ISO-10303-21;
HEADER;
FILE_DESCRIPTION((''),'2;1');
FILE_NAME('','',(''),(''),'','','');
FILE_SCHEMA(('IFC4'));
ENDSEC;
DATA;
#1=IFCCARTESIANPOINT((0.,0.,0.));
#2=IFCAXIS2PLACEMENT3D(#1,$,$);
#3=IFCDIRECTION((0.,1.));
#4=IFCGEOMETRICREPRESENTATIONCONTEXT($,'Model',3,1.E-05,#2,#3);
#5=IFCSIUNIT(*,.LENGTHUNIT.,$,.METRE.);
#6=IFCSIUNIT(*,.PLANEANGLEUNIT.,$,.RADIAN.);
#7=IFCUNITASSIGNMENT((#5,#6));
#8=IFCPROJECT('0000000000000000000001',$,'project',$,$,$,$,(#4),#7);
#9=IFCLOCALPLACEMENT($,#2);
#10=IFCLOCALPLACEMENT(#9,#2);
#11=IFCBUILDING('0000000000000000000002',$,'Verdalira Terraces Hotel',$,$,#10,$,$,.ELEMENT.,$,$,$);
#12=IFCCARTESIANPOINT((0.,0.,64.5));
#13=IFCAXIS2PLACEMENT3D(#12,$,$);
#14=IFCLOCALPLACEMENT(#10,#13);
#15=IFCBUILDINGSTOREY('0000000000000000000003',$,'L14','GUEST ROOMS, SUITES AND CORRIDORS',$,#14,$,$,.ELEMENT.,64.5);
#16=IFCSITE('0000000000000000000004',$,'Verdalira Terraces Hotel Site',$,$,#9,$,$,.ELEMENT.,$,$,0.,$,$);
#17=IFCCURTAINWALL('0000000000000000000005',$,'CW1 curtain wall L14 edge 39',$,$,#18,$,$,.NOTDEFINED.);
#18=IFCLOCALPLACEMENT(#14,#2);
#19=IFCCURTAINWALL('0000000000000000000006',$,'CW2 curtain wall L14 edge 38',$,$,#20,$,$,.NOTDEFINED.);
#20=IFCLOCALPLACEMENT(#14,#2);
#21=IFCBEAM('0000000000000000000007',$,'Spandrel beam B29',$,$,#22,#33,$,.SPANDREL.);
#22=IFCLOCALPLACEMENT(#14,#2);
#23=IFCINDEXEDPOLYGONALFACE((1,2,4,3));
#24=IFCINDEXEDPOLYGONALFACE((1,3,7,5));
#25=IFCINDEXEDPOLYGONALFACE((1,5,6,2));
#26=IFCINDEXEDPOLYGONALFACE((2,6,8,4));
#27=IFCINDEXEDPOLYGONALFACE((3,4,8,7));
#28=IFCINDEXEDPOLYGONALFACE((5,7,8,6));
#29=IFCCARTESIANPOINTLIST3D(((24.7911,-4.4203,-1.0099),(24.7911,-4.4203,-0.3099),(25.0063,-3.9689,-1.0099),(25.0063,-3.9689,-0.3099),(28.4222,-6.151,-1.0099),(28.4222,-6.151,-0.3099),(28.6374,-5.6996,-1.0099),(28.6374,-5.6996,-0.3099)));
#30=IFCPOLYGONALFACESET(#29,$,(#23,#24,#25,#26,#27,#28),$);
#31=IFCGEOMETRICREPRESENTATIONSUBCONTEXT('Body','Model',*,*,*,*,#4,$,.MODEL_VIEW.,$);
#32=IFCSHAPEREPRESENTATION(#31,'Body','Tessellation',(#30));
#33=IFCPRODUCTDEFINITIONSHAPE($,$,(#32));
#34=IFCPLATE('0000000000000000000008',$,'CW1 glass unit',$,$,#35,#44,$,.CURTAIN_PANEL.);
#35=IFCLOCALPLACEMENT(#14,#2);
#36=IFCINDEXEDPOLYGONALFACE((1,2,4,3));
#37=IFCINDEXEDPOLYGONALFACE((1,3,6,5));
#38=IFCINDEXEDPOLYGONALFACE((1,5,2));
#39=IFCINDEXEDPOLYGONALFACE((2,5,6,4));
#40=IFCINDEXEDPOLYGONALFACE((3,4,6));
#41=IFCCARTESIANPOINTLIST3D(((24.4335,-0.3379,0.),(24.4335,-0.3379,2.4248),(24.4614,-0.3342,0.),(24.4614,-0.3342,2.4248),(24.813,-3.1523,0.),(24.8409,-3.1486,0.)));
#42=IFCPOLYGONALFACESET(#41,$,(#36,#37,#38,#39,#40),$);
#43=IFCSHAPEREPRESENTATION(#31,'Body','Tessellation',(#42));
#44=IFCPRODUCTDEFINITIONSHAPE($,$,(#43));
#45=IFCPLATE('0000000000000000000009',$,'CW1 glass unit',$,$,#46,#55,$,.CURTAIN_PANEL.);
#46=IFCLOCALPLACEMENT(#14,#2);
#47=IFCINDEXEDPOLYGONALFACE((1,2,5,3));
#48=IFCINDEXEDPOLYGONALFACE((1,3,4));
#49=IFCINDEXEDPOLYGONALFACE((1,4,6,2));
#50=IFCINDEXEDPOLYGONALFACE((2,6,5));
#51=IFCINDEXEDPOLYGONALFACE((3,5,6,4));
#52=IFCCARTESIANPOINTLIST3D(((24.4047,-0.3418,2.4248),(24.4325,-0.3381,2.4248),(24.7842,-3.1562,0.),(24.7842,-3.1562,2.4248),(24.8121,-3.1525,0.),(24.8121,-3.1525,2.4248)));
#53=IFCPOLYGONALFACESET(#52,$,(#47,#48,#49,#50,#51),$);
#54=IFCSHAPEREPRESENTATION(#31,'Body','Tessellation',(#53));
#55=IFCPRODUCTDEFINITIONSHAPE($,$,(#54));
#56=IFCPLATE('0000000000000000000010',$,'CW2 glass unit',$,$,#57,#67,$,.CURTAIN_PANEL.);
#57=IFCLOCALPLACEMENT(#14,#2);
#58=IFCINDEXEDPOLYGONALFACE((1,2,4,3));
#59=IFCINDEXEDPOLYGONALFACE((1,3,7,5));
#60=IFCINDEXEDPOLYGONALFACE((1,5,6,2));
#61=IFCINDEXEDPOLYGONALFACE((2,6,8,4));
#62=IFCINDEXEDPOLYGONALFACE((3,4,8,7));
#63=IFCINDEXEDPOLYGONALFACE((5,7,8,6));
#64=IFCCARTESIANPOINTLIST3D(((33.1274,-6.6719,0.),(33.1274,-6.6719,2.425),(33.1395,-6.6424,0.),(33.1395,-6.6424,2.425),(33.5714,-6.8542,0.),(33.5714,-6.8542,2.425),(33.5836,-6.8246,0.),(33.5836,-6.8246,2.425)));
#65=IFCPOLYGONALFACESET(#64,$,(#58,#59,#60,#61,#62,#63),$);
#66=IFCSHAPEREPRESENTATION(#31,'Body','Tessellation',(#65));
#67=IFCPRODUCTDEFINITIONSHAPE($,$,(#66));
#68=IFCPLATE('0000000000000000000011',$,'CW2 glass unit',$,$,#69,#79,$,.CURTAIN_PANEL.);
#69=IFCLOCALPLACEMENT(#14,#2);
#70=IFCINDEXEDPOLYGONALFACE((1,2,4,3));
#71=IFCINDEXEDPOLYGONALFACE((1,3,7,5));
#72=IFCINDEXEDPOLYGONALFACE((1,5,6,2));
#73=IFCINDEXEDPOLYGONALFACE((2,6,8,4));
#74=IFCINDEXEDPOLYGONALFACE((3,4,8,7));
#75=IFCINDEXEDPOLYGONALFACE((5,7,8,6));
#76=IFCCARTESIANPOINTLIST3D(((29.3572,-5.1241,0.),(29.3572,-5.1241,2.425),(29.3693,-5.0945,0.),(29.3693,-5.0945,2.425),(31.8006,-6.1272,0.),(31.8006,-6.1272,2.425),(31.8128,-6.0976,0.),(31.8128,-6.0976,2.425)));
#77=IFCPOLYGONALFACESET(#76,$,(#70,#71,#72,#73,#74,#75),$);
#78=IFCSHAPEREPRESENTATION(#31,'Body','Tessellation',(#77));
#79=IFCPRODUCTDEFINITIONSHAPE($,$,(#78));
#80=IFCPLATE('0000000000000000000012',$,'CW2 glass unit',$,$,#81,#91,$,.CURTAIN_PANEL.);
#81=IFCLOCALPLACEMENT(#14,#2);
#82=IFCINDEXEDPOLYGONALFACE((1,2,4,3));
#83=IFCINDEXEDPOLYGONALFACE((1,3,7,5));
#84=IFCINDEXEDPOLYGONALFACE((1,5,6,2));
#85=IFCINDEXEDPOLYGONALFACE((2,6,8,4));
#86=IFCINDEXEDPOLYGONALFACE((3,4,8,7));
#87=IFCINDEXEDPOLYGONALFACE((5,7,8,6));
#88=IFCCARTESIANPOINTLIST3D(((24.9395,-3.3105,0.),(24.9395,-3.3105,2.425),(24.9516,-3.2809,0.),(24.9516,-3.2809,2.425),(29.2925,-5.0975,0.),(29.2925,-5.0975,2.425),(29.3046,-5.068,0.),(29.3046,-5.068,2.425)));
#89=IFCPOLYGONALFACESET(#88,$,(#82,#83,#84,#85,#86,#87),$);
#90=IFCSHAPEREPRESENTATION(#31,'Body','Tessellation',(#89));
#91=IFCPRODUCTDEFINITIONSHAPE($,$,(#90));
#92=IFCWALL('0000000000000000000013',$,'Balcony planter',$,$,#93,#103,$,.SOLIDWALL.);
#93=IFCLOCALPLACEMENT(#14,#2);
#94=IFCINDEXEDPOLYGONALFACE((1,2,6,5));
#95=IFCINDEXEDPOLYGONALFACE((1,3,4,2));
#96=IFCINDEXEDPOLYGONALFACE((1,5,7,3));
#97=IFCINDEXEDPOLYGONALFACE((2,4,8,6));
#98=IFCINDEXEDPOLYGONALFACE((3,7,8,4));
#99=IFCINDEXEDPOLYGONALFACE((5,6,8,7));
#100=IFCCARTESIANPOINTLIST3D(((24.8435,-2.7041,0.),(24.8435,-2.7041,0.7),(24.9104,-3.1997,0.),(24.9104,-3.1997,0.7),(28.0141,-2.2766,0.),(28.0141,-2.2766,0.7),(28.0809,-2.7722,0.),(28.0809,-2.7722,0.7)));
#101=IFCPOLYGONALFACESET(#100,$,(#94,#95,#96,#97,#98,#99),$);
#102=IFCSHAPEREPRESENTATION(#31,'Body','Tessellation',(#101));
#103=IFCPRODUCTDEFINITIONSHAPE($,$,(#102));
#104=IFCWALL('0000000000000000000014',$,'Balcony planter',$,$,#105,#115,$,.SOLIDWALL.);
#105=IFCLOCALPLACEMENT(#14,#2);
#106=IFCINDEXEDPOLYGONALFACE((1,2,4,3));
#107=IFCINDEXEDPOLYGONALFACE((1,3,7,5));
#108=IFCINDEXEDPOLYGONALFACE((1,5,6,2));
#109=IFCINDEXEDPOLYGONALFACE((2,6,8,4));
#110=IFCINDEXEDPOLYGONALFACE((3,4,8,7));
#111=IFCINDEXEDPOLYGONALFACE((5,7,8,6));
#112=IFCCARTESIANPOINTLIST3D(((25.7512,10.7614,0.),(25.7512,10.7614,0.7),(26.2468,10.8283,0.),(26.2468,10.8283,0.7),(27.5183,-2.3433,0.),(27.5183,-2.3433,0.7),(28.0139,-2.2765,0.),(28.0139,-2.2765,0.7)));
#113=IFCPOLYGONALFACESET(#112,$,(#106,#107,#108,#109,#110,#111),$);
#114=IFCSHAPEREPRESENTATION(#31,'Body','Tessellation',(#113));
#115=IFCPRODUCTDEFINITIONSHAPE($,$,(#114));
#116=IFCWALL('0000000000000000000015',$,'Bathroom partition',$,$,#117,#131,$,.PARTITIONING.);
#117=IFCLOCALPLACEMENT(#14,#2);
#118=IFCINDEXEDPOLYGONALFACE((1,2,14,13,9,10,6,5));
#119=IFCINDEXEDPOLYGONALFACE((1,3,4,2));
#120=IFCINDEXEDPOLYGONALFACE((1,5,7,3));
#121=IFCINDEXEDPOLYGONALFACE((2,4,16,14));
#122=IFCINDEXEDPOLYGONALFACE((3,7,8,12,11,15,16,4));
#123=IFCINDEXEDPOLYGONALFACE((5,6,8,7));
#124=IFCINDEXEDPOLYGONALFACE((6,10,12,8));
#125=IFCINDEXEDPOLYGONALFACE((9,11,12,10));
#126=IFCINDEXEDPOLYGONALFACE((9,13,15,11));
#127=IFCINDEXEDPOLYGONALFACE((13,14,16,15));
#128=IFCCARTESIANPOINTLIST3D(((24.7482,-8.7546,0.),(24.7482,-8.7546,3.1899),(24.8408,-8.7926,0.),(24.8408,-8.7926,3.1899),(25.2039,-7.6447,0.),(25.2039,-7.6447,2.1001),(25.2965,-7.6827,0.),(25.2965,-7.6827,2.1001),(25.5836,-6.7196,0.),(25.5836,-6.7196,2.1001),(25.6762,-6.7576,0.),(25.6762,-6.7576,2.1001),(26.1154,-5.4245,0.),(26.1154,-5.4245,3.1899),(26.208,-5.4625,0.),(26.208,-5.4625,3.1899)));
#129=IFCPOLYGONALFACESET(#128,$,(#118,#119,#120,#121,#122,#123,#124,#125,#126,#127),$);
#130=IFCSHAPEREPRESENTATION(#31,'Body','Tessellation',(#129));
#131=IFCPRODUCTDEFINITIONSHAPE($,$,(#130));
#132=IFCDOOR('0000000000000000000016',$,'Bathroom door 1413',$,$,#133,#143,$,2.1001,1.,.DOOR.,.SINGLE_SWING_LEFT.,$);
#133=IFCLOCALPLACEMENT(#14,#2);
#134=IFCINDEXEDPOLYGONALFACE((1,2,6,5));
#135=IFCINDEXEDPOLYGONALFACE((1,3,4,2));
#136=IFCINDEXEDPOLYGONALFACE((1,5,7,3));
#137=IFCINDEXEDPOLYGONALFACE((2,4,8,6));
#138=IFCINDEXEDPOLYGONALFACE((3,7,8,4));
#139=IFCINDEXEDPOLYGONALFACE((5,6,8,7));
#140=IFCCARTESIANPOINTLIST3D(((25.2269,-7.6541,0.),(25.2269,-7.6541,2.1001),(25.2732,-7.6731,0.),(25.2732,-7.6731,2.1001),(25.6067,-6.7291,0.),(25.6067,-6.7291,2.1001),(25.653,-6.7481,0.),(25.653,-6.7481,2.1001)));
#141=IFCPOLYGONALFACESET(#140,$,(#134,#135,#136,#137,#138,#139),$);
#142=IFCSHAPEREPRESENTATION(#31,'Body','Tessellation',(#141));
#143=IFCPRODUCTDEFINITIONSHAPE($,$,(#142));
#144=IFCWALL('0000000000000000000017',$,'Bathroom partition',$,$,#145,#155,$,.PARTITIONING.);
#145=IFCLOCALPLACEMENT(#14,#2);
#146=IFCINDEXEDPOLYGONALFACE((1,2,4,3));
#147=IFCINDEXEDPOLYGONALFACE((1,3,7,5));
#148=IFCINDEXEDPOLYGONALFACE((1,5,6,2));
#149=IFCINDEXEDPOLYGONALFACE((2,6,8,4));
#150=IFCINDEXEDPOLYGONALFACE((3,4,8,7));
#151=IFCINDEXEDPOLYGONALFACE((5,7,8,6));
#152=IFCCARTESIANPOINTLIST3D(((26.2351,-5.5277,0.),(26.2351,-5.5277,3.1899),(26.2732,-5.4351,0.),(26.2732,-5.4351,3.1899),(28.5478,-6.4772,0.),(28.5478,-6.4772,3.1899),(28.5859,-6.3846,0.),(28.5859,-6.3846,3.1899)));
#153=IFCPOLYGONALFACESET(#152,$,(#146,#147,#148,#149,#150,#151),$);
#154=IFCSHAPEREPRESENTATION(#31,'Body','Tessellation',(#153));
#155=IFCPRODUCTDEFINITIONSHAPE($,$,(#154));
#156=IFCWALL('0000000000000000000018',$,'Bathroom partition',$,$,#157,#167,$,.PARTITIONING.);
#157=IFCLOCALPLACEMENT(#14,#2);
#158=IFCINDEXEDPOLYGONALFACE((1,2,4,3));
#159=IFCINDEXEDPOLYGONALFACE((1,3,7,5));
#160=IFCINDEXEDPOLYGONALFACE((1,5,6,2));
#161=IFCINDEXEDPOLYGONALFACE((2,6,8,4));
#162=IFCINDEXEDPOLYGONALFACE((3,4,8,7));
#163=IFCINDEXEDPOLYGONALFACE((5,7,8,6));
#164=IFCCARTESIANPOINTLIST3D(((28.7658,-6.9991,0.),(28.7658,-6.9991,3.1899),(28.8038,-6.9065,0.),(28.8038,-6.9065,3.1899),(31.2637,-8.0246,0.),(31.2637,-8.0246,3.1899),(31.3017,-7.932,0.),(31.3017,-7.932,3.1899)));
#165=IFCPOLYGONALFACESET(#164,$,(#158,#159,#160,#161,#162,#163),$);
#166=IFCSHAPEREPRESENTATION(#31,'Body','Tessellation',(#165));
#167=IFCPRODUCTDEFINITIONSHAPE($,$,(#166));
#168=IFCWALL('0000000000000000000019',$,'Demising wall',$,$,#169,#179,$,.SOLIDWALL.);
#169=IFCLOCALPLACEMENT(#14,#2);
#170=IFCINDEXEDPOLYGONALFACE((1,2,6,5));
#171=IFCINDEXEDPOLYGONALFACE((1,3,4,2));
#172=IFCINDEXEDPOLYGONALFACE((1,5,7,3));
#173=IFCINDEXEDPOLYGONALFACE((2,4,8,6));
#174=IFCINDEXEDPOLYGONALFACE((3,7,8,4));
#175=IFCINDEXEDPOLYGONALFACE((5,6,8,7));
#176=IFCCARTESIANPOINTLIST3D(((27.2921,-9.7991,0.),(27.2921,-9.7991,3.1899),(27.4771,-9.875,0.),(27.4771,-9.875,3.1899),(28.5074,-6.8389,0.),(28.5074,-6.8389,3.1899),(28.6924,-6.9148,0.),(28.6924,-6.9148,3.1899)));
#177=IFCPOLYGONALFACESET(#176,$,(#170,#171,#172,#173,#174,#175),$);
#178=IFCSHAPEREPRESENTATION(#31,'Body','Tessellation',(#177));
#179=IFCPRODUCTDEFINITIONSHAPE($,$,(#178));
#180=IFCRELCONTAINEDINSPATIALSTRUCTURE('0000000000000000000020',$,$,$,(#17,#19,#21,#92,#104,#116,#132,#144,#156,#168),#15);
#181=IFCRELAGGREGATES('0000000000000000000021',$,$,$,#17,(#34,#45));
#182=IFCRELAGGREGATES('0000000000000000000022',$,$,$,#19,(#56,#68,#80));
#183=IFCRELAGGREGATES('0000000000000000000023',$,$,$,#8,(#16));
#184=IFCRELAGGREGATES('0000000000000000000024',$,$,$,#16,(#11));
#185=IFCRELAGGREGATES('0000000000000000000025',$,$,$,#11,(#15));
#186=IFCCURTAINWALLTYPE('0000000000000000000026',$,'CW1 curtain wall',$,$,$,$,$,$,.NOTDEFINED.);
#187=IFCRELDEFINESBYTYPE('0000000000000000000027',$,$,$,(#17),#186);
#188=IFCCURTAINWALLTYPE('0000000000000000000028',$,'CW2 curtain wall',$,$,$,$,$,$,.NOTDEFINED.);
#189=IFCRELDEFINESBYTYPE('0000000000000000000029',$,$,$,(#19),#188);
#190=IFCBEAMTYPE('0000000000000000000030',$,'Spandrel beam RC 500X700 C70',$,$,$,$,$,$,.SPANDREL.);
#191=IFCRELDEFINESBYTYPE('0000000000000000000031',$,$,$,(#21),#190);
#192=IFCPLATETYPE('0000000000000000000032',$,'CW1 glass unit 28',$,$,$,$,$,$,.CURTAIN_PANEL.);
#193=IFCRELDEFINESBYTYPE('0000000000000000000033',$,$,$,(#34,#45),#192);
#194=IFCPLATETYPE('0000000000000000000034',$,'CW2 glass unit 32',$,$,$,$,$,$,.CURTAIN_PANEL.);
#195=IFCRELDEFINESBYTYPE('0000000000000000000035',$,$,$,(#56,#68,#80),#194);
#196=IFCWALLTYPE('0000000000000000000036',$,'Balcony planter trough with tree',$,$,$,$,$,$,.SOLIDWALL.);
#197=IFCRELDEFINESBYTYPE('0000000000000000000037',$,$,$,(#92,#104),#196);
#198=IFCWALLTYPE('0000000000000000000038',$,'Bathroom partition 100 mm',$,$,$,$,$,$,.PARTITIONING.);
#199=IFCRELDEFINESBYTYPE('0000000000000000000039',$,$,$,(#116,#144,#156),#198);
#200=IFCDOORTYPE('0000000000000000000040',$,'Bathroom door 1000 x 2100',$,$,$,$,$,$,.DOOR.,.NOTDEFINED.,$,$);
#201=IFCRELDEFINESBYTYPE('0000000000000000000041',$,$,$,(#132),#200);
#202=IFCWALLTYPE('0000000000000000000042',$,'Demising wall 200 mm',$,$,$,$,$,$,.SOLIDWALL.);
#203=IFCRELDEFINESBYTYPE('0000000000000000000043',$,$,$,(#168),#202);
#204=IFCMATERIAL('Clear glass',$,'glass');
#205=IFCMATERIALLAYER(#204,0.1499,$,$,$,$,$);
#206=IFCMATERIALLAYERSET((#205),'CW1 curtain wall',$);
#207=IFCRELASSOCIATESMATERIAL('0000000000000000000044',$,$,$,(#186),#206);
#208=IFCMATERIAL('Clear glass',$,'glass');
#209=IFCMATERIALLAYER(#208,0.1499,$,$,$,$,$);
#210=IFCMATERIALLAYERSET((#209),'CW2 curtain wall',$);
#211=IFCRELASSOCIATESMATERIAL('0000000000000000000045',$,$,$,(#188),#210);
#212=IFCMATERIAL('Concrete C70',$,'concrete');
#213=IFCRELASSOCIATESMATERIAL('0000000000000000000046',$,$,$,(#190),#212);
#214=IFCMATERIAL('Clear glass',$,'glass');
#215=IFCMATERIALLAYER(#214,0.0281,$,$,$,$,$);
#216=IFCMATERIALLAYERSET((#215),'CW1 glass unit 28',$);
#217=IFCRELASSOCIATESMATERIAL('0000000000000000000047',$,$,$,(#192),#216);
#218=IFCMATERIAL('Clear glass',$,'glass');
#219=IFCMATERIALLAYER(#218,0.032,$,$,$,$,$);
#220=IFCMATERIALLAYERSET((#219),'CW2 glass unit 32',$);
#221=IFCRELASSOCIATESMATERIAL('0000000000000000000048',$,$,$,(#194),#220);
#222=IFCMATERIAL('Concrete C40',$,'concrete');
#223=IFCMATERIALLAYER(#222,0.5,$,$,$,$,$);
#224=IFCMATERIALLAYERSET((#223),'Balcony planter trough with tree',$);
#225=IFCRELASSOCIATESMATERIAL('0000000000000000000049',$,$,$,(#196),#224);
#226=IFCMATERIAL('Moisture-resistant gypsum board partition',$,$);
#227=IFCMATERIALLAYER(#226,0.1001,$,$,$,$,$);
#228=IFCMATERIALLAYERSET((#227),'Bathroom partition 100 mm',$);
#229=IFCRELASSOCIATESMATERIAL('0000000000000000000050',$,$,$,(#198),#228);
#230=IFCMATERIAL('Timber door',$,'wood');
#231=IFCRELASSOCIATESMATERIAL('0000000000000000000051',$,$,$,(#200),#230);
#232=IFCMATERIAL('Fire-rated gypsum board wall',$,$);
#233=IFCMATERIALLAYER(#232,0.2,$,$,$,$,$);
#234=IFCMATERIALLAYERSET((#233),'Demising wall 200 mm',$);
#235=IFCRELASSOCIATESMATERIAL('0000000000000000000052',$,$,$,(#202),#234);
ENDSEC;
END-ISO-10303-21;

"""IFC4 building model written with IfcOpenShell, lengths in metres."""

from ifc_helpers import new_model, si_unit, direction, frame, frame_2d, origin, origin_2d, place, context, subcontext, project, spatial, polyline, rectangle, outline, extrude, material, layer, layer_set, material_profile, profile_set, type_object, element, fill, aggregate, save


model = new_model("IFC4")

# Units and contexts
model_context = context("Model", 3, precision=1e-05, world=origin(), true_north=direction((0.0, 1.0)))
body_context = subcontext(model_context, "Body", "Model", "MODEL_VIEW")
ifc_project = project(units=[si_unit("LENGTHUNIT", "METRE"), si_unit("PLANEANGLEUNIT", "RADIAN")], contexts=[model_context])

# Site, building, storey
site_placement = place(None, origin())
site = spatial("IfcSite", under=ifc_project, at=site_placement, Name="Verdalira Terraces Hotel Site", CompositionType="ELEMENT", RefElevation=0.0)
building_placement = place(site_placement, origin())
building = spatial("IfcBuilding", under=site, at=building_placement, Name="Verdalira Terraces Hotel", CompositionType="ELEMENT")
storey_placement = place(building_placement, frame((0.0, 0.0, 64.5)))
storey = spatial("IfcBuildingStorey", under=building, at=storey_placement, Name="L14", Description="GUEST ROOMS, SUITES AND CORRIDORS", CompositionType="ELEMENT", Elevation=64.5)

# Curtain walls
ifc_material_1 = material(Name="Clear glass", Category="glass")
ifc_layer_1 = layer(ifc_material_1, 0.1499)
ifc_layer_set_1 = layer_set([ifc_layer_1], Name="CW1 curtain wall")
curtain_wall_type_1 = type_object("IfcCurtainWallType", Name="CW1 curtain wall", PredefinedType="NOTDEFINED", material=ifc_layer_set_1)
curtain_wall_1_placement = place(storey_placement, origin())
curtain_wall_1 = element("IfcCurtainWall", 1, at=curtain_wall_1_placement, inside=storey, type_object=curtain_wall_type_1, Name="CW1 curtain wall L14 edge 39", PredefinedType="NOTDEFINED")
ifc_material_2 = material(Name="Clear glass", Category="glass")
ifc_layer_2 = layer(ifc_material_2, 0.1499)
ifc_layer_set_2 = layer_set([ifc_layer_2], Name="CW2 curtain wall")
curtain_wall_type_2 = type_object("IfcCurtainWallType", Name="CW2 curtain wall", PredefinedType="NOTDEFINED", material=ifc_layer_set_2)
curtain_wall_2_placement = place(storey_placement, origin())
curtain_wall_2 = element("IfcCurtainWall", 2, at=curtain_wall_2_placement, inside=storey, type_object=curtain_wall_type_2, Name="CW2 curtain wall L14 edge 38", PredefinedType="NOTDEFINED")

# Beam
ifc_material_3 = material(Name="Concrete C70", Category="concrete")
ifc_material_profile_1 = material_profile(ifc_material_3, rectangle(XDim=0.5, YDim=0.7, at=origin_2d()), Name="RC 500X700")
ifc_profile_set_1 = profile_set([ifc_material_profile_1], Name="Concrete C70")
beam_type_1 = type_object("IfcBeamType", Name="Spandrel beam RC 500X700 C70", PredefinedType="SPANDREL", material=ifc_profile_set_1)
beam_1_placement = place(storey_placement, frame((28.5298, -5.9253, -0.6599), z_axis=(-0.902705, 0.430261, 0.0), x_axis=(-0.430261, -0.902705, 0.0)))
element("IfcBeam", 3, at=beam_1_placement, inside=storey, type_object=beam_type_1, Name="Spandrel beam B29", PredefinedType="SPANDREL", context=body_context, shape_type="SweptSolid", body=[
    extrude(rectangle(XDim=0.5, YDim=0.7, at=origin_2d()), origin(), (0.0, 0.0, 1.0), 4.0225),
])

# Plates
ifc_material_4 = material(Name="Clear glass", Category="glass")
ifc_layer_3 = layer(ifc_material_4, 0.0281)
ifc_layer_set_3 = layer_set([ifc_layer_3], Name="CW1 glass unit 28")
plate_type_1 = type_object("IfcPlateType", Name="CW1 glass unit 28", PredefinedType="CURTAIN_PANEL", material=ifc_layer_set_3)
plate_1_placement = place(storey_placement, frame((24.6233, -1.7451, 1.2124), z_axis=(0.99103, 0.13364, 0.0), x_axis=(-0.13364, 0.99103, 0.0)))
plate_1 = element("IfcPlate", 4, at=plate_1_placement, type_object=plate_type_1, Name="CW1 glass unit", PredefinedType="CURTAIN_PANEL", context=body_context, shape_type="SweptSolid", body=[
    extrude(outline(polyline([(-1.4199, -1.2124), (1.4199, -1.2124), (1.4199, 1.2124), (-1.4199, -1.2124)])), origin(), (0.0, 0.0, 1.0), 0.0281),
])
plate_2_placement = place(storey_placement, frame((24.5945, -1.749, 1.2124), z_axis=(0.99103, 0.13364, 0.0), x_axis=(-0.13364, 0.99103, 0.0)))
plate_2 = element("IfcPlate", 5, at=plate_2_placement, type_object=plate_type_1, Name="CW1 glass unit", PredefinedType="CURTAIN_PANEL", context=body_context, shape_type="SweptSolid", body=[
    extrude(outline(polyline([(-1.4199, -1.2124), (1.4199, 1.2124), (-1.4199, 1.2124), (-1.4199, -1.2124)])), origin(), (0.0, 0.0, 1.0), 0.0281),
])
aggregate(curtain_wall_1, [plate_1, plate_2])
ifc_material_5 = material(Name="Clear glass", Category="glass")
ifc_layer_4 = layer(ifc_material_5, 0.032)
ifc_layer_set_4 = layer_set([ifc_layer_4], Name="CW2 glass unit 32")
plate_type_2 = type_object("IfcPlateType", Name="CW2 glass unit 32", PredefinedType="CURTAIN_PANEL", material=ifc_layer_set_4)
plate_3_placement = place(storey_placement, frame((33.3555, -6.7483, 0.0), z_axis=(0.0, 0.0, 1.0), x_axis=(-0.925077, 0.379779, 0.0)))
plate_3 = element("IfcPlate", 6, at=plate_3_placement, type_object=plate_type_2, Name="CW2 glass unit", PredefinedType="CURTAIN_PANEL", context=body_context, shape_type="SweptSolid", body=[
    extrude(rectangle(XDim=0.48, YDim=0.032, at=origin_2d()), origin(), (0.0, 0.0, 1.0), 2.425),
])
plate_4_placement = place(storey_placement, frame((30.585, -5.6108, 0.0), z_axis=(0.0, 0.0, 1.0), x_axis=(-0.925077, 0.379779, 0.0)))
plate_4 = element("IfcPlate", 7, at=plate_4_placement, type_object=plate_type_2, Name="CW2 glass unit", PredefinedType="CURTAIN_PANEL", context=body_context, shape_type="SweptSolid", body=[
    extrude(rectangle(XDim=2.6414, YDim=0.032, at=origin_2d()), origin(), (0.0, 0.0, 1.0), 2.425),
])
plate_5_placement = place(storey_placement, frame((27.1221, -4.1892, 0.0), z_axis=(0.0, 0.0, 1.0), x_axis=(-0.925077, 0.379779, 0.0)))
plate_5 = element("IfcPlate", 8, at=plate_5_placement, type_object=plate_type_2, Name="CW2 glass unit", PredefinedType="CURTAIN_PANEL", context=body_context, shape_type="SweptSolid", body=[
    extrude(rectangle(XDim=4.7056, YDim=0.032, at=origin_2d()), origin(), (0.0, 0.0, 1.0), 2.425),
])
aggregate(curtain_wall_2, [plate_3, plate_4, plate_5])

# Walls
ifc_material_6 = material(Name="Concrete C40", Category="concrete")
ifc_layer_5 = layer(ifc_material_6, 0.5)
ifc_layer_set_5 = layer_set([ifc_layer_5], Name="Balcony planter trough with tree")
wall_type_1 = type_object("IfcWallType", Name="Balcony planter trough with tree", PredefinedType="SOLIDWALL", material=ifc_layer_set_5)
wall_1_placement = place(storey_placement, frame((24.877, -2.9519, 0.0), z_axis=(0.0, 0.0, 1.0), x_axis=(0.991032, 0.133628, 0.0)))
element("IfcWall", 9, at=wall_1_placement, inside=storey, type_object=wall_type_1, Name="Balcony planter", PredefinedType="SOLIDWALL", context=body_context, shape_type="SweptSolid", body=[
    extrude(rectangle(XDim=3.1992, YDim=0.5, at=frame_2d((1.5996, 0.0))), origin(), (0.0, 0.0, 1.0), 0.7),
])
wall_2_placement = place(storey_placement, frame((27.7661, -2.3101, 0.0), z_axis=(0.0, 0.0, 1.0), x_axis=(-0.133634, 0.991031, 0.0)))
element("IfcWall", 10, at=wall_2_placement, inside=storey, type_object=wall_type_1, Name="Balcony planter", PredefinedType="SOLIDWALL", context=body_context, shape_type="SweptSolid", body=[
    extrude(rectangle(XDim=13.2234, YDim=0.5, at=frame_2d((6.6118, 0.0))), origin(), (0.0, 0.0, 1.0), 0.7),
])

# Wall, opening, door
ifc_material_7 = material(Name="Moisture-resistant gypsum board partition")
ifc_layer_6 = layer(ifc_material_7, 0.1001)
ifc_layer_set_6 = layer_set([ifc_layer_6], Name="Bathroom partition 100 mm")
wall_type_2 = type_object("IfcWallType", Name="Bathroom partition 100 mm", PredefinedType="PARTITIONING", material=ifc_layer_set_6)
wall_3_placement = place(storey_placement, frame((26.1616, -5.4436, 0.0), z_axis=(0.0, 0.0, 1.0), x_axis=(-0.379794, -0.925071, 0.0)))
wall_3 = element("IfcWall", 11, at=wall_3_placement, inside=storey, type_object=wall_type_2, Name="Bathroom partition", PredefinedType="PARTITIONING", context=body_context, shape_type="SweptSolid", body=[
    extrude(rectangle(XDim=3.5999, YDim=0.1001, at=frame_2d((1.7998, 0.0))), origin(), (0.0, 0.0, 1.0), 3.1899),
])
opening_placement = place(wall_3_placement, frame((1.3999, 0.0, 0.0)))
opening = element("IfcOpeningElement", 12, at=opening_placement, cuts=wall_3, PredefinedType="OPENING", context=body_context, shape_type="SweptSolid", body=[
    extrude(rectangle(XDim=1.0, YDim=2.1001, at=frame_2d((0.5, 1.05))), frame((0.0, 0.0601, 0.0), z_axis=(0.0, -1.0, 0.0), x_axis=(1.0, 0.0, 0.0)), (0.0, 0.0, 1.0), 0.1201),
])
ifc_material_8 = material(Name="Timber door", Category="wood")
door_type = type_object("IfcDoorType", Name="Bathroom door 1000 x 2100", OperationType="NOTDEFINED", PredefinedType="DOOR", material=ifc_material_8)
door_placement = place(opening_placement, origin())
door = element("IfcDoor", 13, at=door_placement, inside=storey, type_object=door_type, Name="Bathroom door 1413", OperationType="SINGLE_SWING_LEFT", OverallHeight=2.1001, OverallWidth=1.0, PredefinedType="DOOR", context=body_context, shape_type="SweptSolid", body=[
    extrude(rectangle(XDim=1.0, YDim=2.1001, at=frame_2d((0.5, 1.05))), frame((0.0, 0.0249, 0.0), z_axis=(0.0, -1.0, 0.0), x_axis=(1.0, 0.0, 0.0)), (0.0, 0.0, 1.0), 0.05),
])
fill(opening, door)

# Walls
wall_4_placement = place(storey_placement, frame((26.2541, -5.4814, 0.0), z_axis=(0.0, 0.0, 1.0), x_axis=(0.925078, -0.379777, 0.0)))
element("IfcWall", 14, at=wall_4_placement, inside=storey, type_object=wall_type_2, Name="Bathroom partition", PredefinedType="PARTITIONING", context=body_context, shape_type="SweptSolid", body=[
    extrude(rectangle(XDim=2.5, YDim=0.1001, at=frame_2d((1.25, 0.0))), origin(), (0.0, 0.0, 1.0), 3.1899),
])
wall_5_placement = place(storey_placement, frame((31.2827, -7.9783, 0.0), z_axis=(0.0, 0.0, 1.0), x_axis=(-0.925084, 0.379763, 0.0)))
element("IfcWall", 15, at=wall_5_placement, inside=storey, type_object=wall_type_2, Name="Bathroom partition", PredefinedType="PARTITIONING", context=body_context, shape_type="SweptSolid", body=[
    extrude(rectangle(XDim=2.7002, YDim=0.1001, at=frame_2d((1.3501, 0.0))), origin(), (0.0, 0.0, 1.0), 3.1899),
])
ifc_material_9 = material(Name="Fire-rated gypsum board wall")
ifc_layer_7 = layer(ifc_material_9, 0.2)
ifc_layer_set_7 = layer_set([ifc_layer_7], Name="Demising wall 200 mm")
wall_type_3 = type_object("IfcWallType", Name="Demising wall 200 mm", PredefinedType="SOLIDWALL", material=ifc_layer_set_7)
wall_6_placement = place(storey_placement, frame((27.3845, -9.8372, 0.0), z_axis=(0.0, 0.0, 1.0), x_axis=(0.379794, 0.925071, 0.0)))
element("IfcWall", 16, at=wall_6_placement, inside=storey, type_object=wall_type_3, Name="Demising wall", PredefinedType="SOLIDWALL", context=body_context, shape_type="SweptSolid", body=[
    extrude(rectangle(XDim=3.2, YDim=0.2, at=frame_2d((1.6001, 0.0))), origin(), (0.0, 0.0, 1.0), 3.1899),
])

save(model, "model.ifc")
